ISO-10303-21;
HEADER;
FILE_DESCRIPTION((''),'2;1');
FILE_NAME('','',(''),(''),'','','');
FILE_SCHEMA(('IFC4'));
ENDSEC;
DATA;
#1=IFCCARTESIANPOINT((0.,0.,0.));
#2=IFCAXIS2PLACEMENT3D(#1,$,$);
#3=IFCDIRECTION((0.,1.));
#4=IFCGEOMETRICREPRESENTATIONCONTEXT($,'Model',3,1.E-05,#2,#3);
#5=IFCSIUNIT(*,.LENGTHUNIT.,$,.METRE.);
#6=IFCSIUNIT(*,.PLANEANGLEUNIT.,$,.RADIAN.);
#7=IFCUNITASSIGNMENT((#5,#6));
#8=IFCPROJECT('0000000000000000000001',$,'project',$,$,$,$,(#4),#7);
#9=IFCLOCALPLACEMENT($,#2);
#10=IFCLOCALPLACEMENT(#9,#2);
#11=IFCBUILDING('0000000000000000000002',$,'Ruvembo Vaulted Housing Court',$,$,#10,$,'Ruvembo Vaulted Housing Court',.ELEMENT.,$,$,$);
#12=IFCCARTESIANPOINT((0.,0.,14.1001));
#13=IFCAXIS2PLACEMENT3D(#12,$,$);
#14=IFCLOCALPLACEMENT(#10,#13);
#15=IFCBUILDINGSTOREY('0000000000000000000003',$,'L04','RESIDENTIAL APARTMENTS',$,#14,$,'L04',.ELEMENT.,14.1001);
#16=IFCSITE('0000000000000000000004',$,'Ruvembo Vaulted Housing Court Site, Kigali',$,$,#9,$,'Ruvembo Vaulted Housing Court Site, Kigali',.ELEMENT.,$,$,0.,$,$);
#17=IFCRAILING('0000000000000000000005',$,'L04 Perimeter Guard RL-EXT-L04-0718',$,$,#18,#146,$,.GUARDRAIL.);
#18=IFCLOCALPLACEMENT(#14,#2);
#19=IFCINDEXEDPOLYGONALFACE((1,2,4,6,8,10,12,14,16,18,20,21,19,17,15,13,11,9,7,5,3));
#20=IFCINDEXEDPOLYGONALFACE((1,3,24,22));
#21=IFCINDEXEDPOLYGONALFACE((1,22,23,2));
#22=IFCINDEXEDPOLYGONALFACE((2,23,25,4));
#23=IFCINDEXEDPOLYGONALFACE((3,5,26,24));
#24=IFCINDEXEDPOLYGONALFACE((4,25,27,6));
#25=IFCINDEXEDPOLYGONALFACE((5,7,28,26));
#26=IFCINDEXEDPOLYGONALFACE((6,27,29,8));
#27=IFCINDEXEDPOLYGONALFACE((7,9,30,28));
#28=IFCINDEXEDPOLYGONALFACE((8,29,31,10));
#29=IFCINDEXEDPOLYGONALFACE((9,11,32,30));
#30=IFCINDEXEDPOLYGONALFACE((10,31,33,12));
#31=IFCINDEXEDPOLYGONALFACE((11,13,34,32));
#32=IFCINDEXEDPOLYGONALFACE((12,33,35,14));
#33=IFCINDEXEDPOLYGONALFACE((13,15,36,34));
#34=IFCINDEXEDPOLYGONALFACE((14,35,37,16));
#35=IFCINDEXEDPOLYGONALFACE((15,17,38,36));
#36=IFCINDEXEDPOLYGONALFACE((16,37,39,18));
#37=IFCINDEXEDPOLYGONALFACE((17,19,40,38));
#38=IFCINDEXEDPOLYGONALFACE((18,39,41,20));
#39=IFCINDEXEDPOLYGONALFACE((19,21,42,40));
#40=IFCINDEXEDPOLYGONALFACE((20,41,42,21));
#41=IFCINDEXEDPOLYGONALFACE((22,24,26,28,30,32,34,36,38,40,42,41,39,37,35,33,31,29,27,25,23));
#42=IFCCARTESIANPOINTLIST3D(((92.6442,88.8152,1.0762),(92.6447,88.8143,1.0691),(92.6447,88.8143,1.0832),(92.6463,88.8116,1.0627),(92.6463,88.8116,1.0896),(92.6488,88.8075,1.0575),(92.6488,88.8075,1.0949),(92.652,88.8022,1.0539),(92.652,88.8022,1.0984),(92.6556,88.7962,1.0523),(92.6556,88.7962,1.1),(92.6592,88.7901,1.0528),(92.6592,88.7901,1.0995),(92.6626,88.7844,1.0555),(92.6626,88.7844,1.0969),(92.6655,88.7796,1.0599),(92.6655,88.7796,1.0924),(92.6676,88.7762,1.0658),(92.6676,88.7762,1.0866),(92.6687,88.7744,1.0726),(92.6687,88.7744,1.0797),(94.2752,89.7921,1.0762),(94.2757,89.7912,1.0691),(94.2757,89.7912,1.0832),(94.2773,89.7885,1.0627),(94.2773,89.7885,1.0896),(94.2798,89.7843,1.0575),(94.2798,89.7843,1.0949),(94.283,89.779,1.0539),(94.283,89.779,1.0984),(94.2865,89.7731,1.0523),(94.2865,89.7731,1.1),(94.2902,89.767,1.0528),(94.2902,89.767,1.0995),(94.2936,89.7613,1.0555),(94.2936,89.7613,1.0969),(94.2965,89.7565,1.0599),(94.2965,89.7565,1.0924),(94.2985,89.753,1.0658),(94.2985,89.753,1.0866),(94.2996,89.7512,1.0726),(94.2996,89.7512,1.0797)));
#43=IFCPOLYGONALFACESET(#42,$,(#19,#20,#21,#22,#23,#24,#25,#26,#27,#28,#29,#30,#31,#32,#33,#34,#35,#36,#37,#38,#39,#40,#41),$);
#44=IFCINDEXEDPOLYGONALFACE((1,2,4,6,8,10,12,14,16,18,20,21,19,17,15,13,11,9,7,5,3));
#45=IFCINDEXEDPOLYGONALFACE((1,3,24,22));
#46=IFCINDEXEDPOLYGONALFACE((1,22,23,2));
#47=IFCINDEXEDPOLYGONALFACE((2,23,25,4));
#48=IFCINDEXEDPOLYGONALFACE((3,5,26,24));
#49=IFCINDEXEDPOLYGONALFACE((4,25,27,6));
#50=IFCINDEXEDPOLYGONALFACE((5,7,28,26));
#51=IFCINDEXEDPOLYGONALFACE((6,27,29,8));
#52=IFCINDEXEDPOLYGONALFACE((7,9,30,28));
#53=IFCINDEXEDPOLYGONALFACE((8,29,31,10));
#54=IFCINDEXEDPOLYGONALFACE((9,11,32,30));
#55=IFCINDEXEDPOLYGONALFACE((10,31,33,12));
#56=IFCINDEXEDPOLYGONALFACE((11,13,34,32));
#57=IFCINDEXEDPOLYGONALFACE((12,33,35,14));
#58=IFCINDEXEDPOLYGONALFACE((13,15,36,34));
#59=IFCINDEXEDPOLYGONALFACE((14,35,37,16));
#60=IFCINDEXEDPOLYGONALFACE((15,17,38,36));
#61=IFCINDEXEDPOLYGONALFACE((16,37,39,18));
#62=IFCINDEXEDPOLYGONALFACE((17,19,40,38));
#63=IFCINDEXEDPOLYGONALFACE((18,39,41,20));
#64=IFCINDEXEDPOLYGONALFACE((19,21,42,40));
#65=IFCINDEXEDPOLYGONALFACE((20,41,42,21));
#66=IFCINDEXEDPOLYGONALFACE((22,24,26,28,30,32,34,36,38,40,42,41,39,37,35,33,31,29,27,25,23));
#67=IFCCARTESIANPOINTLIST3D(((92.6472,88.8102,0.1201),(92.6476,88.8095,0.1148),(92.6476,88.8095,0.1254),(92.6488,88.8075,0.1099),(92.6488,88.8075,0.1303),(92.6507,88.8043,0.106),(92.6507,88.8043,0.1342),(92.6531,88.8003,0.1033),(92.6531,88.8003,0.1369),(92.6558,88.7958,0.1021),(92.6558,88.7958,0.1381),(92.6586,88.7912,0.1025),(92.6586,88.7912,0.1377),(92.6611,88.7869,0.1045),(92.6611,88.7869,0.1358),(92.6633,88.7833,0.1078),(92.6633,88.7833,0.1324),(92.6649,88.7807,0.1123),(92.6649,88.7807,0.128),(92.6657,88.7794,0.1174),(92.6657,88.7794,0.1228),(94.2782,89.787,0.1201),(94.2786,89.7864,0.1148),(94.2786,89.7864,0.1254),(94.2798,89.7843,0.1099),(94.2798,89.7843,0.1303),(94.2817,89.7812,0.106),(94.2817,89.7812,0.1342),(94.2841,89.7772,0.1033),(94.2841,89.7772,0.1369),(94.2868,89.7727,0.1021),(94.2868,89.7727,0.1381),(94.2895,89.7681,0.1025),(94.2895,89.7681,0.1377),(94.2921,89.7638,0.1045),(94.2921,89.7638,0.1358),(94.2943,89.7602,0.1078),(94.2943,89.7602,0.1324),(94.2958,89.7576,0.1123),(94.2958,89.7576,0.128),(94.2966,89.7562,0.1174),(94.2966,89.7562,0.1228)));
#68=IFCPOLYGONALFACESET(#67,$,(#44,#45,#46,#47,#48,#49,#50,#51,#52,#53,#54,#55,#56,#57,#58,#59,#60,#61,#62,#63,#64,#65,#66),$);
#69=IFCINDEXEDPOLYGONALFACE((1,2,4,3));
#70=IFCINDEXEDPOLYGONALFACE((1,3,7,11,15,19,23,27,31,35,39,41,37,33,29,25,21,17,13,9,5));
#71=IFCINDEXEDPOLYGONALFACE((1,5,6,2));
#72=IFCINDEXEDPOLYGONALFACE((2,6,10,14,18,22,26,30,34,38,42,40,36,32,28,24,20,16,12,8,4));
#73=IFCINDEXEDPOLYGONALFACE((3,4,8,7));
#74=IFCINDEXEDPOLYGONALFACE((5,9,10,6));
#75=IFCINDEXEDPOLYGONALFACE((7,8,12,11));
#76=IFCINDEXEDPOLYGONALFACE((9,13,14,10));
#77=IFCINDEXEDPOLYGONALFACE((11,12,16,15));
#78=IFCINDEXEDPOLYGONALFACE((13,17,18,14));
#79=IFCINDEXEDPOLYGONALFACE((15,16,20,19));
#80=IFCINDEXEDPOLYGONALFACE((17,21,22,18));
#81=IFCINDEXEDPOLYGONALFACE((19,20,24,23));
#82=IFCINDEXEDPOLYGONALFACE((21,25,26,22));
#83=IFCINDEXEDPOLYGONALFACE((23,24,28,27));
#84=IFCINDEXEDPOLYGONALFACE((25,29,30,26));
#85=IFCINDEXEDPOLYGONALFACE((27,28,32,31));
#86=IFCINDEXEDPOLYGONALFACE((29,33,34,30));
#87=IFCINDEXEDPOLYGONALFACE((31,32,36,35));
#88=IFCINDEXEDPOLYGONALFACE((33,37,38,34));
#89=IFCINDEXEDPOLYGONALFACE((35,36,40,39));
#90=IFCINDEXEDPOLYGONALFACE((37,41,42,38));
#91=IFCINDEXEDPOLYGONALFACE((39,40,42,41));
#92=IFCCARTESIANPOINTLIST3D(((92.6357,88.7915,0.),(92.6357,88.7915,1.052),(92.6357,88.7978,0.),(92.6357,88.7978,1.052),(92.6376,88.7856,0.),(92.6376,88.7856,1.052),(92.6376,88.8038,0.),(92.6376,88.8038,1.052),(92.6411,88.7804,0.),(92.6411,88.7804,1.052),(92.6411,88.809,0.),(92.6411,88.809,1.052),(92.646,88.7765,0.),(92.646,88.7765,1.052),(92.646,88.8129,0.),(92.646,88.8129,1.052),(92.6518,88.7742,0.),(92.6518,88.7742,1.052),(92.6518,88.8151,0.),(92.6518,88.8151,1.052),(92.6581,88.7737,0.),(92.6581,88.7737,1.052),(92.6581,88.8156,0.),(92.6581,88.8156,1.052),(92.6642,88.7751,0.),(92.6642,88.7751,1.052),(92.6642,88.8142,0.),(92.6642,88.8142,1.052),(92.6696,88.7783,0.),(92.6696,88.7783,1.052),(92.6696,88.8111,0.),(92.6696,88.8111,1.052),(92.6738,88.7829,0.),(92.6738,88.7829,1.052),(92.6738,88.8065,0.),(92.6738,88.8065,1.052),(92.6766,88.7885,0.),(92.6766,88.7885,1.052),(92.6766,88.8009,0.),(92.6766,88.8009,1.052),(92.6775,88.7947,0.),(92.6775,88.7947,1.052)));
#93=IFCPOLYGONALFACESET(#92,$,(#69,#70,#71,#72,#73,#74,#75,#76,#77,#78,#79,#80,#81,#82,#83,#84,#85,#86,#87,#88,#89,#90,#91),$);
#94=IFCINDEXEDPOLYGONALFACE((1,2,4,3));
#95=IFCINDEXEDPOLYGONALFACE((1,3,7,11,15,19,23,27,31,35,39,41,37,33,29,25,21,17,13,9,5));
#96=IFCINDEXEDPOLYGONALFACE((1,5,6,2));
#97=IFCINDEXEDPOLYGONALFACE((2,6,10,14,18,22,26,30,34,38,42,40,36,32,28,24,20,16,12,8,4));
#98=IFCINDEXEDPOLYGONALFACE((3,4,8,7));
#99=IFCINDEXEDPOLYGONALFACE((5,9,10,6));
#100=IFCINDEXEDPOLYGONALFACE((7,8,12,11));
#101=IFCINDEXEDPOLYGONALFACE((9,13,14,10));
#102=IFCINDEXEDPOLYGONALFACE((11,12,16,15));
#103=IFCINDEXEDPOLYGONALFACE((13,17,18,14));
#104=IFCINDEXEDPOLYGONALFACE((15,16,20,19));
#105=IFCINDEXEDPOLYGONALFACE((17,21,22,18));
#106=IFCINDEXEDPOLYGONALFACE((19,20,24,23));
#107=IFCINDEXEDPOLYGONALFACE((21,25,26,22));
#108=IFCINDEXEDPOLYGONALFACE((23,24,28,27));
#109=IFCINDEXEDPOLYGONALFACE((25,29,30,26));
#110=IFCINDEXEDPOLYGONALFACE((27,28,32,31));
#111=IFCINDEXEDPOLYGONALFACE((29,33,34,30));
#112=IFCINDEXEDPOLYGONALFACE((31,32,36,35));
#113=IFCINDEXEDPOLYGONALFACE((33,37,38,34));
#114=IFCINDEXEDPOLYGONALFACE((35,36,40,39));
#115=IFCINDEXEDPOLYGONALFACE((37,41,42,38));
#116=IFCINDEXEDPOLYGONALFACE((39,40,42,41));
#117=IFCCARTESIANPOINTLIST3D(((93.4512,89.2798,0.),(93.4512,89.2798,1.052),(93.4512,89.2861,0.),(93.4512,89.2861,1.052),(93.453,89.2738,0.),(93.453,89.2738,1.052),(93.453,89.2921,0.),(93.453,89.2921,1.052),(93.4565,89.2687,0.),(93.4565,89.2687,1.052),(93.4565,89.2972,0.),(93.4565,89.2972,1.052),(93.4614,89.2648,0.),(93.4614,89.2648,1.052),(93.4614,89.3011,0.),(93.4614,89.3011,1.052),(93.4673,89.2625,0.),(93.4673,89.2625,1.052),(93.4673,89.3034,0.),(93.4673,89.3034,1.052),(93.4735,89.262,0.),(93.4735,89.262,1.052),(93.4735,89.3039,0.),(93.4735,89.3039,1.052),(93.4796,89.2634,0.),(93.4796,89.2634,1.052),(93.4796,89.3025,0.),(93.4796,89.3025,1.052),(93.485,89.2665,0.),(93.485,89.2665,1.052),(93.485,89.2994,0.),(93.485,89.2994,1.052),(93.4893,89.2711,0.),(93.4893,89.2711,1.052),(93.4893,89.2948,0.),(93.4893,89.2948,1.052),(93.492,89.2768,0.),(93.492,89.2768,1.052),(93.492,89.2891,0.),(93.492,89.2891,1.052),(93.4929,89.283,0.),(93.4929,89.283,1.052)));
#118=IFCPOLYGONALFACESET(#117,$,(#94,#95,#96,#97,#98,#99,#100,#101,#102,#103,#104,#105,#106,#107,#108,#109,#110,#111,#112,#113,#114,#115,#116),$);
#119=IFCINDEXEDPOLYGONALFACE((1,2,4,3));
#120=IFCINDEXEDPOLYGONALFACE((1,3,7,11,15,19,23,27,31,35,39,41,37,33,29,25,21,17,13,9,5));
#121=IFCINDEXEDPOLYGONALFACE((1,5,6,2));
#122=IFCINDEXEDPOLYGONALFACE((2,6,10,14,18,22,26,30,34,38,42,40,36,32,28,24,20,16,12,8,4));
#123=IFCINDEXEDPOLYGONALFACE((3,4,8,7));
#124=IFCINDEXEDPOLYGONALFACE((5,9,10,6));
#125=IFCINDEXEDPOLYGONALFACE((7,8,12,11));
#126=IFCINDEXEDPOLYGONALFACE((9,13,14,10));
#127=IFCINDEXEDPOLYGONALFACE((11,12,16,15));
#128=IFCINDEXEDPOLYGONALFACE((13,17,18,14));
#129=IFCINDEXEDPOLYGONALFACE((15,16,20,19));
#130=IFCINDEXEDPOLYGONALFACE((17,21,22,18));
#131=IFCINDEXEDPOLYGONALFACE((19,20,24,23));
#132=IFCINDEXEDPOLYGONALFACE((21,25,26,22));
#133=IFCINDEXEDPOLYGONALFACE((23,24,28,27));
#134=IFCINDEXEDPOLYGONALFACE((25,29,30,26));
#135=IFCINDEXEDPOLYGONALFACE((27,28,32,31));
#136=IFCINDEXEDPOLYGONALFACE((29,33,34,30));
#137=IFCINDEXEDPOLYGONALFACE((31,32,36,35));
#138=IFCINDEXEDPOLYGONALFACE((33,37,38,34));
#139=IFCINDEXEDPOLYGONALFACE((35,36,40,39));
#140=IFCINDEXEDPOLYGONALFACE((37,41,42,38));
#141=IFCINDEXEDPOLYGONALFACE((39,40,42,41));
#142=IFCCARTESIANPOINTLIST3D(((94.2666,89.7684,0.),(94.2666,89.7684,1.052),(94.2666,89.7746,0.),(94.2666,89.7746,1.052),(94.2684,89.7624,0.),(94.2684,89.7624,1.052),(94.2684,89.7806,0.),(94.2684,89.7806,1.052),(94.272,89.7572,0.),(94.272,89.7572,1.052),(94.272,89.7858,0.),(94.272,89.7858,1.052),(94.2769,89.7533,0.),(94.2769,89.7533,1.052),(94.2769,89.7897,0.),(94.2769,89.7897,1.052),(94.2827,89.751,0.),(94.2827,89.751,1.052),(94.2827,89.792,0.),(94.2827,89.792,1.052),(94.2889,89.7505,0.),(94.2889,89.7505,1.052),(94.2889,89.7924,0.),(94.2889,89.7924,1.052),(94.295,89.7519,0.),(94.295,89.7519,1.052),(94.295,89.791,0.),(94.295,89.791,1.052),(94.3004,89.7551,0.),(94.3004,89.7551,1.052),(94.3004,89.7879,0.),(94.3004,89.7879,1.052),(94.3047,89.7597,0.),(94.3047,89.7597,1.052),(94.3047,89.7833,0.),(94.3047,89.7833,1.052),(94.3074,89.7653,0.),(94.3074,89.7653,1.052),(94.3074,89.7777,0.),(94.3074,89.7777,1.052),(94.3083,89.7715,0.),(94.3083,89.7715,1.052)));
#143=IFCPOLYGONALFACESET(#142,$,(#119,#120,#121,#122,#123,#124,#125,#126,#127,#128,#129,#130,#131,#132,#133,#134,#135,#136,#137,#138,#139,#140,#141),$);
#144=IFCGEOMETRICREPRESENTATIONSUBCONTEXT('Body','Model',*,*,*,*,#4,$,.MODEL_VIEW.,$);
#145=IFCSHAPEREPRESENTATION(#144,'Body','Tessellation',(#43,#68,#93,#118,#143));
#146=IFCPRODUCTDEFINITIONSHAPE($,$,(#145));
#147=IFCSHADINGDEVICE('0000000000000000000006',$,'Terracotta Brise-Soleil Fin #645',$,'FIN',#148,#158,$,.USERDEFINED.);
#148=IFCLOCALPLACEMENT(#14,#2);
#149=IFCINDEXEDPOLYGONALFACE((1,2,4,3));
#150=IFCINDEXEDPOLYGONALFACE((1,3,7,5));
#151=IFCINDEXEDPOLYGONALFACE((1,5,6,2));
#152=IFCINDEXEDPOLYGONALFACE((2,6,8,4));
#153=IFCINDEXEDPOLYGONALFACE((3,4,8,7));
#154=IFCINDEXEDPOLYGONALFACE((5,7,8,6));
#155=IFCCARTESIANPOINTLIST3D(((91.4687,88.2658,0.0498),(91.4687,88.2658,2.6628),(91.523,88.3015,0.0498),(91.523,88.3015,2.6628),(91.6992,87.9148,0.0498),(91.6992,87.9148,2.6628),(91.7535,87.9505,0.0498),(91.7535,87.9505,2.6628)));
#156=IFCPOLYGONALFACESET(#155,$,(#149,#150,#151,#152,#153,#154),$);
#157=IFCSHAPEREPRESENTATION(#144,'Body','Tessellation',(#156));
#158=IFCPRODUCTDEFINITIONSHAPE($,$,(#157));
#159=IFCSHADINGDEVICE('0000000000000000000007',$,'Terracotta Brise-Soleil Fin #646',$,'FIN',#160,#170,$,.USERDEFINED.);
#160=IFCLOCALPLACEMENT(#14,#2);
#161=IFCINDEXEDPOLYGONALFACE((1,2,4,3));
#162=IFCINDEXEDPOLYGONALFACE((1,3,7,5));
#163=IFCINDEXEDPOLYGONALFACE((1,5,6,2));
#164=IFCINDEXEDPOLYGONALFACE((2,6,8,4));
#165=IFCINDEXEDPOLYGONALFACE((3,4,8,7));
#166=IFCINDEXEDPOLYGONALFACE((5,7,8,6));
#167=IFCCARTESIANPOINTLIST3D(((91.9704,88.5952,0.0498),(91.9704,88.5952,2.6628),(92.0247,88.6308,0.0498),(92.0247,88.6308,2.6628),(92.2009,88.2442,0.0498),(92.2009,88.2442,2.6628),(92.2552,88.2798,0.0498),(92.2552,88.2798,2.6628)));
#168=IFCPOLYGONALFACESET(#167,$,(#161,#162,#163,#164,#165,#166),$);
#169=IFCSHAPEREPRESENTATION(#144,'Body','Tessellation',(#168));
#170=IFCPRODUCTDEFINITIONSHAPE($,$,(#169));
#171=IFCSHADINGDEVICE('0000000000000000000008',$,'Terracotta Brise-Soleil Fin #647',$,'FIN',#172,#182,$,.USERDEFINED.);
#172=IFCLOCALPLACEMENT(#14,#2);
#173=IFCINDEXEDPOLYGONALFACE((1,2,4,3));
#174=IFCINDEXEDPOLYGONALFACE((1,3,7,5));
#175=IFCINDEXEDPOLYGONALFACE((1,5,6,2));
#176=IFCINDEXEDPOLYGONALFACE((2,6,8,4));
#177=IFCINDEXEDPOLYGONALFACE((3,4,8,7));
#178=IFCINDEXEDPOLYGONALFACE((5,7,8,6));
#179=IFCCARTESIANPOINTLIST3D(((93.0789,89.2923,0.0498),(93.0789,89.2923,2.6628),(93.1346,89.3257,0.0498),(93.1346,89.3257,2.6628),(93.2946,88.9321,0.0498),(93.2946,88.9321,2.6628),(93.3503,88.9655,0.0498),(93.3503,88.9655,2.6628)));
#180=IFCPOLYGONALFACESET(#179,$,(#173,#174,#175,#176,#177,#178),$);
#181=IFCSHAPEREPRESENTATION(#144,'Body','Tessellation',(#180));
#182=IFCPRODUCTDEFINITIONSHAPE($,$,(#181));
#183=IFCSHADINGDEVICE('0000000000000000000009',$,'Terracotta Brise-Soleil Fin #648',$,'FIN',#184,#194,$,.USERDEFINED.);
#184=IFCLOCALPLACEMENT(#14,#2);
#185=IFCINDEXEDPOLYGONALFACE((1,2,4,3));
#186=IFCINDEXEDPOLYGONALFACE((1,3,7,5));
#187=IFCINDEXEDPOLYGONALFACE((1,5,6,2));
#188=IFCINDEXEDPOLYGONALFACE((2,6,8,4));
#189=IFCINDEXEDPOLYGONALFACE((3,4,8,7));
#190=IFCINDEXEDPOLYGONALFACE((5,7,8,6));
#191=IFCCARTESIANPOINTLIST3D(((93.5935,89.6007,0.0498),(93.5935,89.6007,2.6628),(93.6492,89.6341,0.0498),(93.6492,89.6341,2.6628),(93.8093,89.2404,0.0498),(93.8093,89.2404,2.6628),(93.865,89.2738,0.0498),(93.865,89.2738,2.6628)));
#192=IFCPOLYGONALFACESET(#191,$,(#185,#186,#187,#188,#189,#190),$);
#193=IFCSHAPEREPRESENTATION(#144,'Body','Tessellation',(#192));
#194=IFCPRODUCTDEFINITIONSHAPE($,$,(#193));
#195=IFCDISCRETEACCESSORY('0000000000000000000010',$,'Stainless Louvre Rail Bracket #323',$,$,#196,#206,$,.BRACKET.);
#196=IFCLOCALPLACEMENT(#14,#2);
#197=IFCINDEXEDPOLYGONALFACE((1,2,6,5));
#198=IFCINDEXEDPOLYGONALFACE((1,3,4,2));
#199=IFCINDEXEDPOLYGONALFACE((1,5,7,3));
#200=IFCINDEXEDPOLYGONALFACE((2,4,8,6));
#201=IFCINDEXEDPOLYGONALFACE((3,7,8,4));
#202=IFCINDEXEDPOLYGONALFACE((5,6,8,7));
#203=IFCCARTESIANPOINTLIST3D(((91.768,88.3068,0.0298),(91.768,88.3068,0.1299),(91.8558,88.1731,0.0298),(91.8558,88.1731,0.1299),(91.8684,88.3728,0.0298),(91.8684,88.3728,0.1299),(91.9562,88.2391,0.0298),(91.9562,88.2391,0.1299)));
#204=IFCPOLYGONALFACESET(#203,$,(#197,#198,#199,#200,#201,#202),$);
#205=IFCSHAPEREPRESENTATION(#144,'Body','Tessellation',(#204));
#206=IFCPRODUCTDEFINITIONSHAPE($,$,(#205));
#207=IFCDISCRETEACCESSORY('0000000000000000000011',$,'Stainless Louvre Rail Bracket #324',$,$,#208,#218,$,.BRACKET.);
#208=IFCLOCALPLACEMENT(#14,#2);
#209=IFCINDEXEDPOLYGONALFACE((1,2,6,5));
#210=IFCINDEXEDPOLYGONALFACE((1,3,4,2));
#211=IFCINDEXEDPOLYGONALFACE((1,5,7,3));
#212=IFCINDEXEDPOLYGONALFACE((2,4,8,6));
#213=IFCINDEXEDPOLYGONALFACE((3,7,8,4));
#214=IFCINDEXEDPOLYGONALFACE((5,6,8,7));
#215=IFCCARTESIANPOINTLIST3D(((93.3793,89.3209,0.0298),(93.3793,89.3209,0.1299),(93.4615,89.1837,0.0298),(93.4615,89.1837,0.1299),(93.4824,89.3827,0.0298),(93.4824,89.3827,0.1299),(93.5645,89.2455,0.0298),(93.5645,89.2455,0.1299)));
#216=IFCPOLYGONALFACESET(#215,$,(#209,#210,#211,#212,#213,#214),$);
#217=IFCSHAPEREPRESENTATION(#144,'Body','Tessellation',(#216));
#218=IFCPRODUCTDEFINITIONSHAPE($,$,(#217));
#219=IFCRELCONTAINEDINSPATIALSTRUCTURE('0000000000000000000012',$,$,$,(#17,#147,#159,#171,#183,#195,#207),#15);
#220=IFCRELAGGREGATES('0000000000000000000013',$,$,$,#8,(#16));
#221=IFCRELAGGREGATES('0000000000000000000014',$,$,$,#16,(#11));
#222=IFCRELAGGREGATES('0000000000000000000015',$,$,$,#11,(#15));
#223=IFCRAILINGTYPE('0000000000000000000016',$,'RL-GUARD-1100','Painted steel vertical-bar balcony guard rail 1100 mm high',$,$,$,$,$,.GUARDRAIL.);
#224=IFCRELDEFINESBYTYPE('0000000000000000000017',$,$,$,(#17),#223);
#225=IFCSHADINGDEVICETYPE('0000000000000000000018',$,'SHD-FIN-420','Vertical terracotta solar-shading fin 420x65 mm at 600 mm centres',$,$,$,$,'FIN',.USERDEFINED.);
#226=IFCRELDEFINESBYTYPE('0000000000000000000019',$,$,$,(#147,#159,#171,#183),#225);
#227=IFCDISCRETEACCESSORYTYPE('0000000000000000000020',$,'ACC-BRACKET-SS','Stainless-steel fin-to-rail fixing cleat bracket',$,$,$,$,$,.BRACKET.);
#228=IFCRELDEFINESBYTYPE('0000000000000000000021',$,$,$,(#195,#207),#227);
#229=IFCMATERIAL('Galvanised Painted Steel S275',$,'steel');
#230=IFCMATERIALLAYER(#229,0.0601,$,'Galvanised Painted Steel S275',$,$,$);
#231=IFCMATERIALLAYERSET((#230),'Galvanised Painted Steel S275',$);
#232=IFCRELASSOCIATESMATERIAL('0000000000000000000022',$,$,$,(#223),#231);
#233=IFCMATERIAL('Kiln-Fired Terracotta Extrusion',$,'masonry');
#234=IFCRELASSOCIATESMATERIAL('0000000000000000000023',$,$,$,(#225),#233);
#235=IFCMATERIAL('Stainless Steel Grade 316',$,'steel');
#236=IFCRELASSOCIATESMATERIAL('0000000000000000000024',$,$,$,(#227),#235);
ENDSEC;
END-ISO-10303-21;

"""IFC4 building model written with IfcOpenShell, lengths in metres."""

from ifc_helpers import new_model, si_unit, direction, frame, origin, origin_2d, place, context, subcontext, project, spatial, rectangle, circle, extrude, material, layer, layer_set, type_object, element, save


model = new_model("IFC4")

# Units and contexts
model_context = context("Model", 3, precision=1e-05, world=origin(), true_north=direction((0.0, 1.0)))
body_context = subcontext(model_context, "Body", "Model", "MODEL_VIEW")
ifc_project = project(units=[si_unit("LENGTHUNIT", "METRE"), si_unit("PLANEANGLEUNIT", "RADIAN")], contexts=[model_context])

# Site, building, storey
site_placement = place(None, origin())
site = spatial("IfcSite", under=ifc_project, at=site_placement, Name="Ruvembo Vaulted Housing Court Site, Kigali", LongName="Ruvembo Vaulted Housing Court Site, Kigali", CompositionType="ELEMENT", RefElevation=0.0)
building_placement = place(site_placement, origin())
building = spatial("IfcBuilding", under=site, at=building_placement, Name="Ruvembo Vaulted Housing Court", LongName="Ruvembo Vaulted Housing Court", CompositionType="ELEMENT")
storey_placement = place(building_placement, frame((0.0, 0.0, 14.1001)))
storey = spatial("IfcBuildingStorey", under=building, at=storey_placement, Name="L04", Description="RESIDENTIAL APARTMENTS", LongName="L04", CompositionType="ELEMENT", Elevation=14.1001)

# Railing
ifc_material_1 = material(Name="Galvanised Painted Steel S275", Category="steel")
ifc_layer_1 = layer(ifc_material_1, 0.0601, Name="Galvanised Painted Steel S275")
ifc_layer_set_1 = layer_set([ifc_layer_1], Name="Galvanised Painted Steel S275")
railing_type = type_object("IfcRailingType", Name="RL-GUARD-1100", Description="Painted steel vertical-bar balcony guard rail 1100 mm high", PredefinedType="GUARDRAIL", material=ifc_layer_set_1)
railing_1_placement = place(storey_placement, frame((92.6565, 88.7947, 0.0)))
element("IfcRailing", 1, at=railing_1_placement, inside=storey, type_object=railing_type, Name="L04 Perimeter Guard RL-EXT-L04-0718", PredefinedType="GUARDRAIL", context=body_context, shape_type="SweptSolid", body=[
    extrude(circle(Radius=0.0239, at=origin_2d()), frame((0.0, 0.0, 1.0762), z_axis=(0.857889, 0.513835, 0.0), x_axis=(-0.513835, 0.857889, 0.0)), (0.0, 0.0, 1.0), 1.9011),
    extrude(circle(Radius=0.0181, at=origin_2d()), frame((0.0, 0.0, 0.1201), z_axis=(0.857889, 0.513835, 0.0), x_axis=(-0.513835, 0.857889, 0.0)), (0.0, 0.0, 1.0), 1.9011),
    extrude(circle(Radius=0.021, at=origin_2d()), origin(), (0.0, 0.0, 1.0), 1.052),
    extrude(circle(Radius=0.021, at=origin_2d()), frame((0.8154, 0.4883, 0.0)), (0.0, 0.0, 1.0), 1.052),
    extrude(circle(Radius=0.021, at=origin_2d()), frame((1.6309, 0.9768, 0.0)), (0.0, 0.0, 1.0), 1.052),
])

# Shading devices
ifc_material_2 = material(Name="Kiln-Fired Terracotta Extrusion", Category="masonry")
shading_device_type = type_object("IfcShadingDeviceType", Name="SHD-FIN-420", Description="Vertical terracotta solar-shading fin 420x65 mm at 600 mm centres", ElementType="FIN", PredefinedType="USERDEFINED", material=ifc_material_2)
for number, where, z_axis, x_axis, name in (
    (2, (91.6111, 88.1082, 0.0498), (0.0, 0.0, 1.0), (0.548964, -0.835846, 0.0), "Terracotta Brise-Soleil Fin #645"),
    (3, (92.1128, 88.4375, 0.0498), (0.0, 0.0, 1.0), (0.548964, -0.835846, 0.0), "Terracotta Brise-Soleil Fin #646"),
    (4, (93.2146, 89.1289, 0.0498), (0.0, 0.0, 1.0), (0.513826, -0.857895, 0.0), "Terracotta Brise-Soleil Fin #647"),
    (5, (93.7292, 89.4373, 0.0498), (0.0, 0.0, 1.0), (0.513826, -0.857895, 0.0), "Terracotta Brise-Soleil Fin #648"),
):
    element("IfcShadingDevice", number, at=place(storey_placement, frame(where, z_axis=z_axis, x_axis=x_axis)), inside=storey, type_object=shading_device_type, Name=name, ObjectType="FIN", PredefinedType="USERDEFINED", context=body_context, shape_type="SweptSolid", body=[
        extrude(rectangle(XDim=0.4199, YDim=0.0649, at=origin_2d()), origin(), (0.0, 0.0, 1.0), 2.613),
    ])

# Discrete accessories
ifc_material_3 = material(Name="Stainless Steel Grade 316", Category="steel")
discrete_accessory_type = type_object("IfcDiscreteAccessoryType", Name="ACC-BRACKET-SS", Description="Stainless-steel fin-to-rail fixing cleat bracket", PredefinedType="BRACKET", material=ifc_material_3)
for number, where, z_axis, x_axis, name in (
    (6, (91.8621, 88.2729, 0.0298), (0.0, 0.0, 1.0), (0.548964, -0.835846, 0.0), "Stainless Louvre Rail Bracket #323"),
    (7, (93.4719, 89.2832, 0.0298), (0.0, 0.0, 1.0), (0.513826, -0.857895, 0.0), "Stainless Louvre Rail Bracket #324"),
):
    element("IfcDiscreteAccessory", number, at=place(storey_placement, frame(where, z_axis=z_axis, x_axis=x_axis)), inside=storey, type_object=discrete_accessory_type, Name=name, PredefinedType="BRACKET", context=body_context, shape_type="SweptSolid", body=[
        extrude(rectangle(XDim=0.1599, YDim=0.1201, at=origin_2d()), origin(), (0.0, 0.0, 1.0), 0.1001),
    ])

save(model, "model.ifc")
